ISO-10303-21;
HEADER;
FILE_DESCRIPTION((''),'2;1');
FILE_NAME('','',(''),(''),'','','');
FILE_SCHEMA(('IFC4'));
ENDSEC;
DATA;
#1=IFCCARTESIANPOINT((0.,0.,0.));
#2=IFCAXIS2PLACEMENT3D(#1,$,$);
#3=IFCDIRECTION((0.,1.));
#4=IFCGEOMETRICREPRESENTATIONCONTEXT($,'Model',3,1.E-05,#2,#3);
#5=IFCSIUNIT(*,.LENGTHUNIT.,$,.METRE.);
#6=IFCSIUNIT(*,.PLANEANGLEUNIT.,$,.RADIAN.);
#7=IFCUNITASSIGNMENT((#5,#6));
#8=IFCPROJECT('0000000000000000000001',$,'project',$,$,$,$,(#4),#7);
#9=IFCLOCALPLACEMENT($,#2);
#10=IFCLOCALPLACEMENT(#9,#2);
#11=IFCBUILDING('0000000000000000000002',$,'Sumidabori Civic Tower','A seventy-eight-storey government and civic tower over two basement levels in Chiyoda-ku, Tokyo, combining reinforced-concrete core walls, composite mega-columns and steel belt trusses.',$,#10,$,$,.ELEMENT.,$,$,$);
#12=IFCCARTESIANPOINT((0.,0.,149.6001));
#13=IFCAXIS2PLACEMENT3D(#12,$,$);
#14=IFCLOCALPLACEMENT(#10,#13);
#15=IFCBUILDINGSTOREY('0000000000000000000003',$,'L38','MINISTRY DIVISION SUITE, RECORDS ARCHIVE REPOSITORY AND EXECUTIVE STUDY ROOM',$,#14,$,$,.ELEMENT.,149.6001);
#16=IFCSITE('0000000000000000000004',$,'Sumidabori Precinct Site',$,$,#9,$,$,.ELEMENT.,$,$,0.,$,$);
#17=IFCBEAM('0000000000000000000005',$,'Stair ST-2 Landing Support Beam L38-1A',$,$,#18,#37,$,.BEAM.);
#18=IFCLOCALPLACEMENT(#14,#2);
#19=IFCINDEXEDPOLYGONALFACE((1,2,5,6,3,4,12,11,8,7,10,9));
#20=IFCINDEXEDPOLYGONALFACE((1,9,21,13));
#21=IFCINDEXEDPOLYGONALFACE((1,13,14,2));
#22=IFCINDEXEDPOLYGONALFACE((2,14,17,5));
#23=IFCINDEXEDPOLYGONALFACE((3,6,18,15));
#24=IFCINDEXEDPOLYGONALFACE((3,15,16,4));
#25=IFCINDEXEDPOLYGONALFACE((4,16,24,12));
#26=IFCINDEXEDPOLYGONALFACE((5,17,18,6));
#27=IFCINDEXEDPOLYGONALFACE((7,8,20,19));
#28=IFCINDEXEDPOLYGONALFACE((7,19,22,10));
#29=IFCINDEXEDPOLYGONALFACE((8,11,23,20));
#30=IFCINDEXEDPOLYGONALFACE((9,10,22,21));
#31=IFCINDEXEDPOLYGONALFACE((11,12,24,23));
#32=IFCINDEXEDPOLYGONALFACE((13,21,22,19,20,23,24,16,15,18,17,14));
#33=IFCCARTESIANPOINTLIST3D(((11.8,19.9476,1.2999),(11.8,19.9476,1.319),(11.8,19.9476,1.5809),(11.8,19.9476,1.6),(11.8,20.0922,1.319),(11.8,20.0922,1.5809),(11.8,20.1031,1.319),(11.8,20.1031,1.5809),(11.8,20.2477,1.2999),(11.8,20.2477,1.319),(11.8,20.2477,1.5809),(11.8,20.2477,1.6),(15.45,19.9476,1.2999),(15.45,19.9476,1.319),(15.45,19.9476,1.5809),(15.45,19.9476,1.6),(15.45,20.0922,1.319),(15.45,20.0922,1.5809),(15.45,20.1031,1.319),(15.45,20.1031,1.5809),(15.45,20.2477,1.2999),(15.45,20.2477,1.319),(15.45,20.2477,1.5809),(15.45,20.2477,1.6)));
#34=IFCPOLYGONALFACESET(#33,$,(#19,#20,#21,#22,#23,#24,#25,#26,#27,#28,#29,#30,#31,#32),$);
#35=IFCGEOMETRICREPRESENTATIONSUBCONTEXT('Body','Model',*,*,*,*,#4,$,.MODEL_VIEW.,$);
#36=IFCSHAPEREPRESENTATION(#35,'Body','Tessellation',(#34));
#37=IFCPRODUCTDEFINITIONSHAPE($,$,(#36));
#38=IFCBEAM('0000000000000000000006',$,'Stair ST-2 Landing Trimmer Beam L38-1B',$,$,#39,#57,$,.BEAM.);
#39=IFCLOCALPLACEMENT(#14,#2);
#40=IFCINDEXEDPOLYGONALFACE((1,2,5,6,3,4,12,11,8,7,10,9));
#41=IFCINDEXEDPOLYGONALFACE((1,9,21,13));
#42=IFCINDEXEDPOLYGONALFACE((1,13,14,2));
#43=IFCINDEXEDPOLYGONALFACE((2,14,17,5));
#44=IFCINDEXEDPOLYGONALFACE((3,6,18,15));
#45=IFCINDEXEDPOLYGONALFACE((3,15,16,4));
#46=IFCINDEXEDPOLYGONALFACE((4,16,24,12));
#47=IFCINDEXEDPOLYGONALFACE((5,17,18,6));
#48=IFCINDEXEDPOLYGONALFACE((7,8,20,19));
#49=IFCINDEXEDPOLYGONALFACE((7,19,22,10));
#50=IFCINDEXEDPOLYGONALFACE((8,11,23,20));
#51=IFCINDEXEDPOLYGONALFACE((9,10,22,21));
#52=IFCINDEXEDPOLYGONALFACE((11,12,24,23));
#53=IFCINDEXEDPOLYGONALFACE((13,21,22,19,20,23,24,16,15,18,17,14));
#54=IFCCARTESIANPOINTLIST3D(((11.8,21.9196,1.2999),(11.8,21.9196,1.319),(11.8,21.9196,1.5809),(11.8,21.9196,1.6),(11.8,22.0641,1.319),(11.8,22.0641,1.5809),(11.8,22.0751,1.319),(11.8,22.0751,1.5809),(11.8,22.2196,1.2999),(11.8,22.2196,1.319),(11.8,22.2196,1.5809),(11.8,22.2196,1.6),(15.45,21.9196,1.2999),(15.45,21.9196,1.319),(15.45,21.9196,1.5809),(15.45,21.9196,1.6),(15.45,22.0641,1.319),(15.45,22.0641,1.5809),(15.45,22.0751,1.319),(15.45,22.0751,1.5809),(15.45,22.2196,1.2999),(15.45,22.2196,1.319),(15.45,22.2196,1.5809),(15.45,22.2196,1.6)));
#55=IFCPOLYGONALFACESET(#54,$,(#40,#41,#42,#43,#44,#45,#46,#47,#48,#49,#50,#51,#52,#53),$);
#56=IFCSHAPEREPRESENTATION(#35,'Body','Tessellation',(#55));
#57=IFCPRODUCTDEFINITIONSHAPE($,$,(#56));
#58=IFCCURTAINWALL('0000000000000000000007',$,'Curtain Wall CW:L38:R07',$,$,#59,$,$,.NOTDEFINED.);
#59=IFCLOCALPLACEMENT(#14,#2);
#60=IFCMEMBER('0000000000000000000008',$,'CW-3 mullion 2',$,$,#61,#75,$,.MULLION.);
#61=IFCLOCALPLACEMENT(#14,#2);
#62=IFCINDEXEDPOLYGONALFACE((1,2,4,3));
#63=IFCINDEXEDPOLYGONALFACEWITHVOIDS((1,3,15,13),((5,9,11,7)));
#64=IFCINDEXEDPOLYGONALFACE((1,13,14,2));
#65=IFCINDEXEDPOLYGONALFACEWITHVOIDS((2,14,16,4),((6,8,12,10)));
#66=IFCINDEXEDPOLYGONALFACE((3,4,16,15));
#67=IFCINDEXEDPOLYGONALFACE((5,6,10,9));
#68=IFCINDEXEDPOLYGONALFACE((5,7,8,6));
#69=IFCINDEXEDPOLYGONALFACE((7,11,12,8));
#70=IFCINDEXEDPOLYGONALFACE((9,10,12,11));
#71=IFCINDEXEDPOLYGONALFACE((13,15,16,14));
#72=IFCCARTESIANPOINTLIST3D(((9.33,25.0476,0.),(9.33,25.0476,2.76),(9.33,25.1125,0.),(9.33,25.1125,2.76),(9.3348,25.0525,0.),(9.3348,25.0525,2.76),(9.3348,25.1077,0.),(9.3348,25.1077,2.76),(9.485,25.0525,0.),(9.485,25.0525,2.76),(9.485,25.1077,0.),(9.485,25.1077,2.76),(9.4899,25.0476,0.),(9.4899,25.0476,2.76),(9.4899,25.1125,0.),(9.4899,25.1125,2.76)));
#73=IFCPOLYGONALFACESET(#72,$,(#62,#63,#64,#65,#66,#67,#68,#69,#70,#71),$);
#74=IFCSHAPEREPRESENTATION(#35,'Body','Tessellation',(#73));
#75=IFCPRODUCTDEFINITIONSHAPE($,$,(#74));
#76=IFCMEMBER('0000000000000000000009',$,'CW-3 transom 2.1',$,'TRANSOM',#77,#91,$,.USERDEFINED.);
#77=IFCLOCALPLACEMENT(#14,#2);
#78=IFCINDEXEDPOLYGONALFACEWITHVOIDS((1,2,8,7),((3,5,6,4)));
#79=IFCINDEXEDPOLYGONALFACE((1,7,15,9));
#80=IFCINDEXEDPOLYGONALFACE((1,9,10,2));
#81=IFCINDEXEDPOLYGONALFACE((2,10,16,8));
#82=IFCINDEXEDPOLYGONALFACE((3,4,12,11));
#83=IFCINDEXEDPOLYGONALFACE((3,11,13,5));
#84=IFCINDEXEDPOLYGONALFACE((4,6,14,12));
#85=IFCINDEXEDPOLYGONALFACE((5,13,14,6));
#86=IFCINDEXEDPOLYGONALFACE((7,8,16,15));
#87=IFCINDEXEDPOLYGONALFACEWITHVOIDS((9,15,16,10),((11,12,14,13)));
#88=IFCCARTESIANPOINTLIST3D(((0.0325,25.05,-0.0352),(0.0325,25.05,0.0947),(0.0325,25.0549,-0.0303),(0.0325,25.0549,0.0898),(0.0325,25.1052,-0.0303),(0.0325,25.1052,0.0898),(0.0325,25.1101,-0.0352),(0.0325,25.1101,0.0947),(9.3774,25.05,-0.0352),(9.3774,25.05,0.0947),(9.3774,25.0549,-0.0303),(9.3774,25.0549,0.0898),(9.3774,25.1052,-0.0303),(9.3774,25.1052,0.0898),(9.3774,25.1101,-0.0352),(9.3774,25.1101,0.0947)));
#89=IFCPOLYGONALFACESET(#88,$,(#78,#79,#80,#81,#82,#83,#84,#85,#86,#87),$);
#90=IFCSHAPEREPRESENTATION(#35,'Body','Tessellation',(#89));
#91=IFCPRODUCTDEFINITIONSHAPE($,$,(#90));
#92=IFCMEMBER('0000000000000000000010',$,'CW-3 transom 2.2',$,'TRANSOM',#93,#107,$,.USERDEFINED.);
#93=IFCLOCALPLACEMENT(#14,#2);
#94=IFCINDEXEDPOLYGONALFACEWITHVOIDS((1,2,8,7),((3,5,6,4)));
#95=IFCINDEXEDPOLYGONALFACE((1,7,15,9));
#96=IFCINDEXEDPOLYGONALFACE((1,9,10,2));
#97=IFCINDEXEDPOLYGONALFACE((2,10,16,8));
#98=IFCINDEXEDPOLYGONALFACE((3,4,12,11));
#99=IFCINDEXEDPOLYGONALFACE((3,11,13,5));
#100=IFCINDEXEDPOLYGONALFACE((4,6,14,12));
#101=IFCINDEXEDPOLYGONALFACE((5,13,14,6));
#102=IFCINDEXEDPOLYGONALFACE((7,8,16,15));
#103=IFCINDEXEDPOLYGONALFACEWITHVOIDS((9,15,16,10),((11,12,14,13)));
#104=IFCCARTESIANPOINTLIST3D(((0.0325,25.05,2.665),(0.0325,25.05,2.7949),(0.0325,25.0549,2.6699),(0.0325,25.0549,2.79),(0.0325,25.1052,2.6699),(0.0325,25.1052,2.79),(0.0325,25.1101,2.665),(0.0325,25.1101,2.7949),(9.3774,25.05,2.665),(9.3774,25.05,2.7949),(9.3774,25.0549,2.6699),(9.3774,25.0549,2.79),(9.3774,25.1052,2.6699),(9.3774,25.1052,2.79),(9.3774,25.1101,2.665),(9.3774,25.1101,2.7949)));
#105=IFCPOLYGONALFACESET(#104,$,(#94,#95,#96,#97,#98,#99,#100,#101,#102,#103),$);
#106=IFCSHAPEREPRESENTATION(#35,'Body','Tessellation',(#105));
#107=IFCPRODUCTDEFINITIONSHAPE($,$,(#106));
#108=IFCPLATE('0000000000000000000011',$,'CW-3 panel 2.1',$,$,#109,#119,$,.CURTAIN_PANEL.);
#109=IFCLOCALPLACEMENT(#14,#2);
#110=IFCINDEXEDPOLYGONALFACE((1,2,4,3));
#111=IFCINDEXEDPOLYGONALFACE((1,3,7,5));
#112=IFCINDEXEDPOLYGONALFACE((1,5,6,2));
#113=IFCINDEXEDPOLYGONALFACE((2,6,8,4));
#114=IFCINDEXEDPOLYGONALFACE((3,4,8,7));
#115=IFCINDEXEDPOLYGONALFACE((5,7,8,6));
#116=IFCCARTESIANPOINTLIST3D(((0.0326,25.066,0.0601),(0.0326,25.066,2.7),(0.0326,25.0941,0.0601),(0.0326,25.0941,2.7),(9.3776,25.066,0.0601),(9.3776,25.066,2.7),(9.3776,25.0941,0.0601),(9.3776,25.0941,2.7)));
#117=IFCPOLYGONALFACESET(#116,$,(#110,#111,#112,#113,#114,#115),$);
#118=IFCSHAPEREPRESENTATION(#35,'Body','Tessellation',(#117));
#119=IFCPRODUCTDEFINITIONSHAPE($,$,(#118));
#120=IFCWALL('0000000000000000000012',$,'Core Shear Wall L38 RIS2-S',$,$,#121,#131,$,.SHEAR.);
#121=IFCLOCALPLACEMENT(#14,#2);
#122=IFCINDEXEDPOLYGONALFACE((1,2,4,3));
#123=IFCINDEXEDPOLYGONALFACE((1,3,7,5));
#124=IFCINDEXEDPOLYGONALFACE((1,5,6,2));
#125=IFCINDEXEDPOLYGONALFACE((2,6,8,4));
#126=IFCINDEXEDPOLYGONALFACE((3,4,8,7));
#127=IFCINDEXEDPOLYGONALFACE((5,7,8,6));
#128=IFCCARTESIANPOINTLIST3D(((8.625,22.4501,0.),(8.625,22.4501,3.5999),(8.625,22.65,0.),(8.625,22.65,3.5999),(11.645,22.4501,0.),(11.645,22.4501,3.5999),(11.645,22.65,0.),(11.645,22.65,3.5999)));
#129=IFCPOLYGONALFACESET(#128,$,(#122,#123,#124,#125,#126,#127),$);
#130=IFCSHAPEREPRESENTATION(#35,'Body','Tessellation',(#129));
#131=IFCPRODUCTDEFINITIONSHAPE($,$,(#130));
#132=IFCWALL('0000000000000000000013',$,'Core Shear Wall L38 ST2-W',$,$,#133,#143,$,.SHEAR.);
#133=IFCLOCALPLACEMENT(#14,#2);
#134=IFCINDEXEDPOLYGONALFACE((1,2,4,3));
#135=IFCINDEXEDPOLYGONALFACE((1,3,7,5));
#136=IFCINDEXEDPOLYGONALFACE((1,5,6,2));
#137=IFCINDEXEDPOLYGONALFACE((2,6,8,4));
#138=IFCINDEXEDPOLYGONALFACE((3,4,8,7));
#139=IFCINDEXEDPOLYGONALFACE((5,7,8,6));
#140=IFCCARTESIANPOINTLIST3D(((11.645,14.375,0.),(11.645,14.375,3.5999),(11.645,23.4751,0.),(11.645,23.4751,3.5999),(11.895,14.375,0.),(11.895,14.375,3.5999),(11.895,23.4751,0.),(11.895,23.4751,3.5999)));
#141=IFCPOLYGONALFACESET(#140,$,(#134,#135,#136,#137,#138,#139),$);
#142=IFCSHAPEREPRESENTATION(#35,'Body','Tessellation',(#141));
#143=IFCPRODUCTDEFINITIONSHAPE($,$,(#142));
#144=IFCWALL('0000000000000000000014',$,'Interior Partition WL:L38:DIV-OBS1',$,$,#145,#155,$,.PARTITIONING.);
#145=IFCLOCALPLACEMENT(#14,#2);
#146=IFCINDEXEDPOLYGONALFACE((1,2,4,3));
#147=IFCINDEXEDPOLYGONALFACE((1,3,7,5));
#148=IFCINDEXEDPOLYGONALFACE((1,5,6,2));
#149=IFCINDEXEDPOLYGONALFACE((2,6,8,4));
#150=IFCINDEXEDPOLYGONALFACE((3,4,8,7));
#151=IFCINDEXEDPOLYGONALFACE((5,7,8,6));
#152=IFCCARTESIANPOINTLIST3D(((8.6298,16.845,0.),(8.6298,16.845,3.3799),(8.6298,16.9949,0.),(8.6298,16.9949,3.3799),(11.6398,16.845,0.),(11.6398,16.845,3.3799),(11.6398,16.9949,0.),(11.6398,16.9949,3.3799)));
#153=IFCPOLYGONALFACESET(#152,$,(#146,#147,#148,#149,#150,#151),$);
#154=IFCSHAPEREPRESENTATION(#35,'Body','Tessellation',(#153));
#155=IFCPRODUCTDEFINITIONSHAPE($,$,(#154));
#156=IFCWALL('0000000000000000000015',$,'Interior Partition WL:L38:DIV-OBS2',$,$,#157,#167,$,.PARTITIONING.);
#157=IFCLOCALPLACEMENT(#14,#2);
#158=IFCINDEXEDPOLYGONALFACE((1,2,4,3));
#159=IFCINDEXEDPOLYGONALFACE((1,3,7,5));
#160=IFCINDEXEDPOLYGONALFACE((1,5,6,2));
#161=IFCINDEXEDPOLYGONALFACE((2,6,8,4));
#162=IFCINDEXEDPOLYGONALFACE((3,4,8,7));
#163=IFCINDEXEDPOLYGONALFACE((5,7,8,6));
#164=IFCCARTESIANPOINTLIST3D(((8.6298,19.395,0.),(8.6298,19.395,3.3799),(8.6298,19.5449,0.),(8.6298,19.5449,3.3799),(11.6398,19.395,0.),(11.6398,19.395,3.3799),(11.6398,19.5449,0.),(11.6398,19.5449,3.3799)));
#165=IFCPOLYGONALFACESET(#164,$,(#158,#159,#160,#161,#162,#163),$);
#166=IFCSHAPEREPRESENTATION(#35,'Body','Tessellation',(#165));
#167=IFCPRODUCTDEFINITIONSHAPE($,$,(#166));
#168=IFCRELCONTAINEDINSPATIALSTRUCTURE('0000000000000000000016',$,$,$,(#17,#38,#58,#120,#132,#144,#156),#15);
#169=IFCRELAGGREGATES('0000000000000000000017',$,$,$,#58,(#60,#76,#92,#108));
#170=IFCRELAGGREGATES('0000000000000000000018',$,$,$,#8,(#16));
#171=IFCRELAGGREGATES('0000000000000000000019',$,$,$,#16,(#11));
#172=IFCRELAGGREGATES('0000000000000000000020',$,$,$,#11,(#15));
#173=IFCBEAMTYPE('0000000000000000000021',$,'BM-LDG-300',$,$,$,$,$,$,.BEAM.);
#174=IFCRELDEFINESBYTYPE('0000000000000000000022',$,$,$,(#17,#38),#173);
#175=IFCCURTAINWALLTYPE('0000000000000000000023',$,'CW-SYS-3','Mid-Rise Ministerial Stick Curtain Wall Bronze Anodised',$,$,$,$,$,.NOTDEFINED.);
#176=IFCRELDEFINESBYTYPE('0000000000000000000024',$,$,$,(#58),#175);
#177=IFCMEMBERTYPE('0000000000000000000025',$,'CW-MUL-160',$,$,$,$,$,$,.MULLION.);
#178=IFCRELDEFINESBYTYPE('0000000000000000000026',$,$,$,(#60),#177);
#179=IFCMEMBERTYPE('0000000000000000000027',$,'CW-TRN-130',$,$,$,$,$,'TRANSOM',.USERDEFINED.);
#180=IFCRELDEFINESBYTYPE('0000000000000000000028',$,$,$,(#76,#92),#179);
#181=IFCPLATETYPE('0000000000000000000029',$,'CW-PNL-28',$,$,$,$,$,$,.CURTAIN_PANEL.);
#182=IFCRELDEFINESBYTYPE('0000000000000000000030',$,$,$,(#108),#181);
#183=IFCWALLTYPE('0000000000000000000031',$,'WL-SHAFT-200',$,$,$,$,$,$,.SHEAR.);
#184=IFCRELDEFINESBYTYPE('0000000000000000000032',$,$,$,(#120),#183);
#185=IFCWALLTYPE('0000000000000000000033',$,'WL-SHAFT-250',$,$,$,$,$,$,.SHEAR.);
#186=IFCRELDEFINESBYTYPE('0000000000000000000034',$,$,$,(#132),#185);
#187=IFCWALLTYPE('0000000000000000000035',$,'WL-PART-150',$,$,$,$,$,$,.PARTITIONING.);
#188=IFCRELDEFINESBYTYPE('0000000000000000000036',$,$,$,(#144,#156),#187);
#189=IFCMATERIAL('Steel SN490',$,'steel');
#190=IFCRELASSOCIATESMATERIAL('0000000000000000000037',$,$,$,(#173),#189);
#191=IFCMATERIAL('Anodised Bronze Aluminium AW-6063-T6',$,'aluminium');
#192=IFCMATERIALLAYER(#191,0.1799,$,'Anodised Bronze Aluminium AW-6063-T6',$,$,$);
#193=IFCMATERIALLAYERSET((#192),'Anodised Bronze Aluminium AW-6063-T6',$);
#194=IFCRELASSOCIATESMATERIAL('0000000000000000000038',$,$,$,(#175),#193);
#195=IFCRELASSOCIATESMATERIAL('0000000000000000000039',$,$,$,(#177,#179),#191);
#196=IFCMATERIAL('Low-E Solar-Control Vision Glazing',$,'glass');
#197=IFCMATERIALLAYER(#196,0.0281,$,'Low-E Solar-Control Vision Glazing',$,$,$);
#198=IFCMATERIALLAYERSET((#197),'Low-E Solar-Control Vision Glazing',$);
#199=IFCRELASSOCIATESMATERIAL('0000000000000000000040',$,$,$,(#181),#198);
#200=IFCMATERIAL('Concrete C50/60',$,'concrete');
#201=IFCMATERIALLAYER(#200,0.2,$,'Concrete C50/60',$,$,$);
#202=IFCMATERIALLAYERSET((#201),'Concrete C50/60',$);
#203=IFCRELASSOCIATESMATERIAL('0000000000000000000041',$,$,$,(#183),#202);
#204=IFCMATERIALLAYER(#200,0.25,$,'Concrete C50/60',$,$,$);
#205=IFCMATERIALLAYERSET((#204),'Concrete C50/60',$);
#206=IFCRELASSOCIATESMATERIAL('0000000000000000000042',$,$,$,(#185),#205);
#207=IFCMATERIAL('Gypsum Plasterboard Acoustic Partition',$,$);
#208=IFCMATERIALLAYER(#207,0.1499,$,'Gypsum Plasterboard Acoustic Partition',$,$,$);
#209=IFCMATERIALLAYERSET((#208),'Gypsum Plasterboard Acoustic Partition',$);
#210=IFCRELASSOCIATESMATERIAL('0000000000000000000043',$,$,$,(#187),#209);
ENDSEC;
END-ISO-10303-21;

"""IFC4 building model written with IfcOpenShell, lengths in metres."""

from ifc_helpers import new_model, si_unit, direction, frame, frame_2d, origin, origin_2d, place, context, subcontext, project, spatial, rectangle, hollow_rectangle, i_section, extrude, source, transform, mapped, material, layer, layer_set, material_profile, profile_set, type_object, element, aggregate, save


model = new_model("IFC4")

# Units and contexts
model_context = context("Model", 3, precision=1e-05, world=origin(), true_north=direction((0.0, 1.0)))
body_context = subcontext(model_context, "Body", "Model", "MODEL_VIEW")
ifc_project = project(units=[si_unit("LENGTHUNIT", "METRE"), si_unit("PLANEANGLEUNIT", "RADIAN")], contexts=[model_context])

# Site, building, storey
site_placement = place(None, origin())
site = spatial("IfcSite", under=ifc_project, at=site_placement, Name="Sumidabori Precinct Site", CompositionType="ELEMENT", RefElevation=0.0)
building_placement = place(site_placement, origin())
building = spatial("IfcBuilding", under=site, at=building_placement, Name="Sumidabori Civic Tower", Description="A seventy-eight-storey government and civic tower over two basement levels in Chiyoda-ku, Tokyo, combining reinforced-concrete core walls, composite mega-columns and steel belt trusses.", CompositionType="ELEMENT")
storey_placement = place(building_placement, frame((0.0, 0.0, 149.6001)))
storey = spatial("IfcBuildingStorey", under=building, at=storey_placement, Name="L38", Description="MINISTRY DIVISION SUITE, RECORDS ARCHIVE REPOSITORY AND EXECUTIVE STUDY ROOM", CompositionType="ELEMENT", Elevation=149.6001)

# Beams
ifc_material_1 = material(Name="Steel SN490", Category="steel")
ifc_material_profile_1 = material_profile(ifc_material_1, i_section(OverallWidth=0.3, OverallDepth=0.3, WebThickness=0.011, FlangeThickness=0.019, at=origin_2d()), Name="HE 300 B")
ifc_profile_set_1 = profile_set([ifc_material_profile_1], Name="Steel SN490")
beam_type = type_object("IfcBeamType", Name="BM-LDG-300", PredefinedType="BEAM", material=ifc_profile_set_1)
shared_shape_1 = source(origin(), body_context, "Body", "SweptSolid", [
    extrude(i_section(OverallWidth=0.3, OverallDepth=0.3, WebThickness=0.011, FlangeThickness=0.019, at=origin_2d()), origin(), (0.0, 0.0, 1.0), 3.6499),
])
for number, where, z_axis, x_axis, name in (
    (1, (11.8, 20.0977, 1.45), (1.0, 0.0, 0.0), (0.0, 1.0, 0.0), "Stair ST-2 Landing Support Beam L38-1A"),
    (2, (11.8, 22.0696, 1.45), (1.0, 0.0, 0.0), (0.0, 1.0, 0.0), "Stair ST-2 Landing Trimmer Beam L38-1B"),
):
    element("IfcBeam", number, at=place(storey_placement, frame(where, z_axis=z_axis, x_axis=x_axis)), inside=storey, type_object=beam_type, Name=name, PredefinedType="BEAM", context=body_context, shape_type="MappedRepresentation", body=[
        mapped(shared_shape_1, transform((0.0, 0.0, 0.0), x_axis=(1.0, 0.0, 0.0), y_axis=(0.0, 1.0, 0.0), z_axis=(0.0, 0.0, 1.0), scale=1.0)),
    ])

# Curtain wall, members, plate
ifc_material_2 = material(Name="Anodised Bronze Aluminium AW-6063-T6", Category="aluminium")
ifc_layer_1 = layer(ifc_material_2, 0.1799, Name="Anodised Bronze Aluminium AW-6063-T6")
ifc_layer_set_1 = layer_set([ifc_layer_1], Name="Anodised Bronze Aluminium AW-6063-T6")
curtain_wall_type = type_object("IfcCurtainWallType", Name="CW-SYS-3", Description="Mid-Rise Ministerial Stick Curtain Wall Bronze Anodised", PredefinedType="NOTDEFINED", material=ifc_layer_set_1)
curtain_wall_placement = place(storey_placement, origin())
curtain_wall = element("IfcCurtainWall", 3, at=curtain_wall_placement, inside=storey, type_object=curtain_wall_type, Name="Curtain Wall CW:L38:R07", PredefinedType="NOTDEFINED")
ifc_material_profile_2 = material_profile(ifc_material_2, hollow_rectangle(XDim=0.0649, YDim=0.1599, WallThickness=0.0049, at=origin_2d()), Name="ALU MULLION 160x65")
ifc_profile_set_2 = profile_set([ifc_material_profile_2], Name="Anodised Bronze Aluminium AW-6063-T6")
member_type_1 = type_object("IfcMemberType", Name="CW-MUL-160", PredefinedType="MULLION", material=ifc_profile_set_2)
shared_shape_2 = source(origin(), body_context, "Body", "SweptSolid", [
    extrude(hollow_rectangle(XDim=0.0649, YDim=0.1599, WallThickness=0.0049, at=origin_2d()), origin(), (0.0, 0.0, 1.0), 2.76),
])
member_1_placement = place(storey_placement, frame((9.4099, 25.0801, 0.0), z_axis=(0.0, 0.0, 1.0), x_axis=(0.0, -1.0, 0.0)))
member_1 = element("IfcMember", 4, at=member_1_placement, type_object=member_type_1, Name="CW-3 mullion 2", PredefinedType="MULLION", context=body_context, shape_type="MappedRepresentation", body=[
    mapped(shared_shape_2, transform((0.0, 0.0, 0.0), x_axis=(1.0, 0.0, 0.0), y_axis=(0.0, 1.0, 0.0), z_axis=(0.0, 0.0, 1.0), scale=1.0)),
])
ifc_material_profile_3 = material_profile(ifc_material_2, hollow_rectangle(XDim=0.0601, YDim=0.1299, WallThickness=0.0049, at=origin_2d()), Name="ALU TRANSOM 130x60")
ifc_profile_set_3 = profile_set([ifc_material_profile_3], Name="Anodised Bronze Aluminium AW-6063-T6")
member_type_2 = type_object("IfcMemberType", Name="CW-TRN-130", ElementType="TRANSOM", PredefinedType="USERDEFINED", material=ifc_profile_set_3)
shared_shape_3 = source(origin(), body_context, "Body", "SweptSolid", [
    extrude(hollow_rectangle(XDim=0.0601, YDim=0.1299, WallThickness=0.0049, at=origin_2d()), origin(), (0.0, 0.0, 1.0), 9.345),
])
member_2_placement = place(storey_placement, frame((9.3774, 25.0801, 0.0298), z_axis=(-1.0, 0.0, 0.0), x_axis=(0.0, -1.0, 0.0)))
member_2 = element("IfcMember", 5, at=member_2_placement, type_object=member_type_2, Name="CW-3 transom 2.1", ObjectType="TRANSOM", PredefinedType="USERDEFINED", context=body_context, shape_type="MappedRepresentation", body=[
    mapped(shared_shape_3, transform((0.0, 0.0, 0.0), x_axis=(1.0, 0.0, 0.0), y_axis=(0.0, 1.0, 0.0), z_axis=(0.0, 0.0, 1.0), scale=1.0)),
])
member_3_placement = place(storey_placement, frame((9.3774, 25.0801, 2.73), z_axis=(-1.0, 0.0, 0.0), x_axis=(0.0, -1.0, 0.0)))
member_3 = element("IfcMember", 6, at=member_3_placement, type_object=member_type_2, Name="CW-3 transom 2.2", ObjectType="TRANSOM", PredefinedType="USERDEFINED", context=body_context, shape_type="MappedRepresentation", body=[
    mapped(shared_shape_3, transform((0.0, 0.0, 0.0), x_axis=(1.0, 0.0, 0.0), y_axis=(0.0, 1.0, 0.0), z_axis=(0.0, 0.0, 1.0), scale=1.0)),
])
ifc_material_3 = material(Name="Low-E Solar-Control Vision Glazing", Category="glass")
ifc_layer_2 = layer(ifc_material_3, 0.0281, Name="Low-E Solar-Control Vision Glazing")
ifc_layer_set_2 = layer_set([ifc_layer_2], Name="Low-E Solar-Control Vision Glazing")
plate_type = type_object("IfcPlateType", Name="CW-PNL-28", PredefinedType="CURTAIN_PANEL", material=ifc_layer_set_2)
shared_shape_4 = source(origin(), body_context, "Body", "SweptSolid", [
    extrude(rectangle(XDim=9.345, YDim=0.0281, at=origin_2d()), origin(), (0.0, 0.0, 1.0), 2.6399),
])
plate_placement = place(storey_placement, frame((4.7051, 25.0801, 0.0601), z_axis=(0.0, 0.0, 1.0), x_axis=(-1.0, 0.0, 0.0)))
plate = element("IfcPlate", 7, at=plate_placement, type_object=plate_type, Name="CW-3 panel 2.1", PredefinedType="CURTAIN_PANEL", context=body_context, shape_type="MappedRepresentation", body=[
    mapped(shared_shape_4, transform((0.0, 0.0, 0.0), x_axis=(1.0, 0.0, 0.0), y_axis=(0.0, 1.0, 0.0), z_axis=(0.0, 0.0, 1.0), scale=1.0)),
])
aggregate(curtain_wall, [member_1, member_2, member_3, plate])

# Wall
ifc_material_4 = material(Name="Concrete C50/60", Category="concrete")
ifc_layer_3 = layer(ifc_material_4, 0.2, Name="Concrete C50/60")
ifc_layer_set_3 = layer_set([ifc_layer_3], Name="Concrete C50/60")
wall_type_1 = type_object("IfcWallType", Name="WL-SHAFT-200", PredefinedType="SHEAR", material=ifc_layer_set_3)
shared_shape_5 = source(origin(), body_context, "Body", "SweptSolid", [
    extrude(rectangle(XDim=3.02, YDim=0.2, at=frame_2d((1.51, 0.0))), origin(), (0.0, 0.0, 1.0), 3.5999),
])
wall_1_placement = place(storey_placement, frame((8.625, 22.55, 0.0), z_axis=(0.0, 0.0, 1.0), x_axis=(1.0, 0.0, 0.0)))
element("IfcWall", 8, at=wall_1_placement, inside=storey, type_object=wall_type_1, Name="Core Shear Wall L38 RIS2-S", PredefinedType="SHEAR", context=body_context, shape_type="MappedRepresentation", body=[
    mapped(shared_shape_5, transform((0.0, 0.0, 0.0), x_axis=(1.0, 0.0, 0.0), y_axis=(0.0, 1.0, 0.0), z_axis=(0.0, 0.0, 1.0), scale=1.0)),
])

# Shared definitions
ifc_layer_4 = layer(ifc_material_4, 0.25, Name="Concrete C50/60")
ifc_layer_set_4 = layer_set([ifc_layer_4], Name="Concrete C50/60")
wall_type_2 = type_object("IfcWallType", Name="WL-SHAFT-250", PredefinedType="SHEAR", material=ifc_layer_set_4)

# Walls
shared_shape_6 = source(origin(), body_context, "Body", "SweptSolid", [
    extrude(rectangle(XDim=9.1001, YDim=0.25, at=frame_2d((4.55, 0.0))), origin(), (0.0, 0.0, 1.0), 3.5999),
])
wall_2_placement = place(storey_placement, frame((11.77, 14.375, 0.0), z_axis=(0.0, 0.0, 1.0), x_axis=(0.0, 1.0, 0.0)))
element("IfcWall", 9, at=wall_2_placement, inside=storey, type_object=wall_type_2, Name="Core Shear Wall L38 ST2-W", PredefinedType="SHEAR", context=body_context, shape_type="MappedRepresentation", body=[
    mapped(shared_shape_6, transform((0.0, 0.0, 0.0), x_axis=(1.0, 0.0, 0.0), y_axis=(0.0, 1.0, 0.0), z_axis=(0.0, 0.0, 1.0), scale=1.0)),
])
ifc_material_5 = material(Name="Gypsum Plasterboard Acoustic Partition")
ifc_layer_5 = layer(ifc_material_5, 0.1499, Name="Gypsum Plasterboard Acoustic Partition")
ifc_layer_set_5 = layer_set([ifc_layer_5], Name="Gypsum Plasterboard Acoustic Partition")
wall_type_3 = type_object("IfcWallType", Name="WL-PART-150", PredefinedType="PARTITIONING", material=ifc_layer_set_5)
shared_shape_7 = source(origin(), body_context, "Body", "SweptSolid", [
    extrude(rectangle(XDim=3.01, YDim=0.1499, at=frame_2d((1.5049, 0.0))), origin(), (0.0, 0.0, 1.0), 3.3799),
])
for number, where, z_axis, x_axis, name in (
    (10, (8.6299, 16.9199, 0.0), (0.0, 0.0, 1.0), (1.0, 0.0, 0.0), "Interior Partition WL:L38:DIV-OBS1"),
    (11, (8.6299, 19.47, 0.0), (0.0, 0.0, 1.0), (1.0, 0.0, 0.0), "Interior Partition WL:L38:DIV-OBS2"),
):
    element("IfcWall", number, at=place(storey_placement, frame(where, z_axis=z_axis, x_axis=x_axis)), inside=storey, type_object=wall_type_3, Name=name, PredefinedType="PARTITIONING", context=body_context, shape_type="MappedRepresentation", body=[
        mapped(shared_shape_7, transform((0.0, 0.0, 0.0), x_axis=(1.0, 0.0, 0.0), y_axis=(0.0, 1.0, 0.0), z_axis=(0.0, 0.0, 1.0), scale=1.0)),
    ])

save(model, "model.ifc")
